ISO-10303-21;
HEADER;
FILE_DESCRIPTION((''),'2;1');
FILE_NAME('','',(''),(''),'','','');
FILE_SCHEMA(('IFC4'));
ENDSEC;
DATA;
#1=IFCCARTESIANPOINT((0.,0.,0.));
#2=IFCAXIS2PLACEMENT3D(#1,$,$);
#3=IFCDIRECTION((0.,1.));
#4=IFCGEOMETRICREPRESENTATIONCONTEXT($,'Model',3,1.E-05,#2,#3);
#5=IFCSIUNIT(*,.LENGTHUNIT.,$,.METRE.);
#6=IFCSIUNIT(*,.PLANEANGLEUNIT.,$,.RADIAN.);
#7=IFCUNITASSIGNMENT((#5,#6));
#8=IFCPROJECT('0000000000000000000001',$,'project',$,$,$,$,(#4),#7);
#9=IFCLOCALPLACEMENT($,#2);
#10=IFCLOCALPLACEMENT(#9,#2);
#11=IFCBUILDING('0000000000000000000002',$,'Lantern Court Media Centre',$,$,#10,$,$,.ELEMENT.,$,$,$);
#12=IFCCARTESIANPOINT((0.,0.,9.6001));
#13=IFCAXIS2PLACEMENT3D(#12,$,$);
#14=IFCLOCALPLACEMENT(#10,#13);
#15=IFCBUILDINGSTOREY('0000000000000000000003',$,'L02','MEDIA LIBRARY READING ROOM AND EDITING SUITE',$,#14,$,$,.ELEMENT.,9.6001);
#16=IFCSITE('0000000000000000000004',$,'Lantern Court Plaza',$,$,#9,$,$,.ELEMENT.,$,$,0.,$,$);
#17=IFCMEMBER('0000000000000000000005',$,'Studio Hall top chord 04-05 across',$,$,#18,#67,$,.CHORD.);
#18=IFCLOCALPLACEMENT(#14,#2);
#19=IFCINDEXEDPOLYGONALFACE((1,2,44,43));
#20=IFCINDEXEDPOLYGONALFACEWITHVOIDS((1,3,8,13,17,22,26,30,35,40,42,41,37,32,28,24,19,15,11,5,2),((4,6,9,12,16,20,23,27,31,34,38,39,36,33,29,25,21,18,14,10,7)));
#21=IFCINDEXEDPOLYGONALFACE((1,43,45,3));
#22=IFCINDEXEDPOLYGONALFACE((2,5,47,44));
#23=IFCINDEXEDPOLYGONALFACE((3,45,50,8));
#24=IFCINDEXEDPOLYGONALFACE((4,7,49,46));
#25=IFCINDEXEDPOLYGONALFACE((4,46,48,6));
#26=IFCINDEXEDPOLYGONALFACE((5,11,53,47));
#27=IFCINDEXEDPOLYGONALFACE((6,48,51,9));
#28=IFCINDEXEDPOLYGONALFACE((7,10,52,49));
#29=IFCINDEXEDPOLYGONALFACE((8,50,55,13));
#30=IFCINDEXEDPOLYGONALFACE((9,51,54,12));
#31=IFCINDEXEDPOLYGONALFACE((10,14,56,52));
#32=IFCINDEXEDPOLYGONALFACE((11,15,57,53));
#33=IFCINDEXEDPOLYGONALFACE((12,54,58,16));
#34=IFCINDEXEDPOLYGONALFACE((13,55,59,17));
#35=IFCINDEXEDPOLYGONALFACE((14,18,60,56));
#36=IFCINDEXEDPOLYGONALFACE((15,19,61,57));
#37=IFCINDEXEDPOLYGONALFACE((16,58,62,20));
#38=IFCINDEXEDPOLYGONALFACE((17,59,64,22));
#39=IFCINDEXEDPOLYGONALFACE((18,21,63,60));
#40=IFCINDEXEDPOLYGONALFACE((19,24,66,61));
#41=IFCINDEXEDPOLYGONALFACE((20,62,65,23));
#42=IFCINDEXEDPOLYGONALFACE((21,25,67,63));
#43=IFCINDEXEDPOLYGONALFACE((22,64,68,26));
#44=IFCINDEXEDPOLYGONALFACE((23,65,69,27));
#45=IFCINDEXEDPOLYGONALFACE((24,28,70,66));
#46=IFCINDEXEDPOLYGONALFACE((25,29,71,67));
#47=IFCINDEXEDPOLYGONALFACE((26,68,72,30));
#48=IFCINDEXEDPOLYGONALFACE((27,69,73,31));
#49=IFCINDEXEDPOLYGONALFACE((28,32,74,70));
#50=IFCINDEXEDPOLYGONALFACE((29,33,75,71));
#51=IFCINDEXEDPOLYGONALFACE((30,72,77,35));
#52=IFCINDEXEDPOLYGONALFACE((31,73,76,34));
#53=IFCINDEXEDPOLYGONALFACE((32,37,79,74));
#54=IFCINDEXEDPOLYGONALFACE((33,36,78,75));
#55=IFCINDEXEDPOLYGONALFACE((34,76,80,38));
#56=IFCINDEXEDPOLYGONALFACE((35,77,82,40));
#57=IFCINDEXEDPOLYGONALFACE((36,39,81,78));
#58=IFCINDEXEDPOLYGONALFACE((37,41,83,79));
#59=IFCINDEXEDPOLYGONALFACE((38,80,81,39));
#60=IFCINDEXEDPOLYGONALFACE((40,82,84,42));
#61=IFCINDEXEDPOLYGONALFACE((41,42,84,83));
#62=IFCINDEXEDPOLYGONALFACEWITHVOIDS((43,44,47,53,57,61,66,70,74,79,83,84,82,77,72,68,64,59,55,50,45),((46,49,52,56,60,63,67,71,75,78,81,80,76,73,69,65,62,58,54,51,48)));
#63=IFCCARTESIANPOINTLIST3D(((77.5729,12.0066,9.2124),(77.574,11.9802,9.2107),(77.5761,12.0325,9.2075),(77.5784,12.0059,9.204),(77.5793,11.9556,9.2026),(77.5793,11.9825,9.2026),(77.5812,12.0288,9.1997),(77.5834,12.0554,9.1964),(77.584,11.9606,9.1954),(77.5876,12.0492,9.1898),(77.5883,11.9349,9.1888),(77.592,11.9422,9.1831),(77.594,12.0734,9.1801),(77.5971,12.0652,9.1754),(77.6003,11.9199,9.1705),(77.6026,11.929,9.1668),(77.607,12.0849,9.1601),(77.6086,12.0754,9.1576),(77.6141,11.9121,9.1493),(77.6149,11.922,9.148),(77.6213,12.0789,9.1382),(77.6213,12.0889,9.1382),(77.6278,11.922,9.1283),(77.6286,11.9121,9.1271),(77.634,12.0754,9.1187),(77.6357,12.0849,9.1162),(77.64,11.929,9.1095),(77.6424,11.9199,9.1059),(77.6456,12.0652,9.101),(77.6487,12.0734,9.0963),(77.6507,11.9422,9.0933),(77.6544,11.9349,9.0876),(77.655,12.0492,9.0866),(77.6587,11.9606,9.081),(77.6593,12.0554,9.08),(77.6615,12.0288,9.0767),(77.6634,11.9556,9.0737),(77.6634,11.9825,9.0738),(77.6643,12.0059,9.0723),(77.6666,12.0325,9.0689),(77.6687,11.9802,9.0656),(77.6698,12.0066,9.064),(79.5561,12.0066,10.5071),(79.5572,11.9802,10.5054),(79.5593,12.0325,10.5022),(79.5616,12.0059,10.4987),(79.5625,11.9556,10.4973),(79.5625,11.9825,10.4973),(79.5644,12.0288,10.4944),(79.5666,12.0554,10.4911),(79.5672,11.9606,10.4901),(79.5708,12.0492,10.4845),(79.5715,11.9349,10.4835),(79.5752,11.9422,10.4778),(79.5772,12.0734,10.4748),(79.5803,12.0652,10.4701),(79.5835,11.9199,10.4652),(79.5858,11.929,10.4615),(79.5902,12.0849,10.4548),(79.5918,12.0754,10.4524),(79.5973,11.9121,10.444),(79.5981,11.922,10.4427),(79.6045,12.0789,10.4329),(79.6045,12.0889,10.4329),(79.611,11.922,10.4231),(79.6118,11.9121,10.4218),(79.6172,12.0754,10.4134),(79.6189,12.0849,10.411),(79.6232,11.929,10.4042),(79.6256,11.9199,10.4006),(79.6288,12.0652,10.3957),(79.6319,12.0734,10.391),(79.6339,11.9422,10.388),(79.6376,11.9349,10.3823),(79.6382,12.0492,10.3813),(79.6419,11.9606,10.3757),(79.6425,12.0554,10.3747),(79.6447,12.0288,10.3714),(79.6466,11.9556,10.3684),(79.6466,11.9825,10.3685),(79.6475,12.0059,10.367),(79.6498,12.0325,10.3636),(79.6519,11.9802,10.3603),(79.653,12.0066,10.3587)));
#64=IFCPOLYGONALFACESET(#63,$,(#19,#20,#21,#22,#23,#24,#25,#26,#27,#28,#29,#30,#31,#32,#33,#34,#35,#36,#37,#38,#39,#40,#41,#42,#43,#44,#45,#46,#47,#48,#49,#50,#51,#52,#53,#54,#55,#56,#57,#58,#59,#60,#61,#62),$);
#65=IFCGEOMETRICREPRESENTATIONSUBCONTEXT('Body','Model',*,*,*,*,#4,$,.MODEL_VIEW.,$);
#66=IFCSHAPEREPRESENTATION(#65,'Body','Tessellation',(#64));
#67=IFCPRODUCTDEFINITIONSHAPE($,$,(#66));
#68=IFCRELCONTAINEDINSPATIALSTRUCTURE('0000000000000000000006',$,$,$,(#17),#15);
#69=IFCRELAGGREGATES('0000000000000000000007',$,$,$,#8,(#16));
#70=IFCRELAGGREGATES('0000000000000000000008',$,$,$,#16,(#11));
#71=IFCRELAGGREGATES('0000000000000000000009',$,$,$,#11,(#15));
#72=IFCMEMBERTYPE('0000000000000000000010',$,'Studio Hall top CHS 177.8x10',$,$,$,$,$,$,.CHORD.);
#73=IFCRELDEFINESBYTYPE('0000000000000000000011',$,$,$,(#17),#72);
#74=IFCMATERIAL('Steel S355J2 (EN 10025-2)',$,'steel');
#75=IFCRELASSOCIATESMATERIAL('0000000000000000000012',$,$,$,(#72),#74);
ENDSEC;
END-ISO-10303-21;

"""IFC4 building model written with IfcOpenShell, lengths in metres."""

from ifc_helpers import new_model, si_unit, direction, frame, origin, origin_2d, place, context, subcontext, project, spatial, hollow_circle, extrude, material, material_profile, profile_set, type_object, element, save


model = new_model("IFC4")

# Units and contexts
model_context = context("Model", 3, precision=1e-05, world=origin(), true_north=direction((0.0, 1.0)))
body_context = subcontext(model_context, "Body", "Model", "MODEL_VIEW")
ifc_project = project(units=[si_unit("LENGTHUNIT", "METRE"), si_unit("PLANEANGLEUNIT", "RADIAN")], contexts=[model_context])

# Site, building, storey
site_placement = place(None, origin())
site = spatial("IfcSite", under=ifc_project, at=site_placement, Name="Lantern Court Plaza", CompositionType="ELEMENT", RefElevation=0.0)
building_placement = place(site_placement, origin())
building = spatial("IfcBuilding", under=site, at=building_placement, Name="Lantern Court Media Centre", CompositionType="ELEMENT")
storey_placement = place(building_placement, frame((0.0, 0.0, 9.6001)))
storey = spatial("IfcBuildingStorey", under=building, at=storey_placement, Name="L02", Description="MEDIA LIBRARY READING ROOM AND EDITING SUITE", CompositionType="ELEMENT", Elevation=9.6001)

# Member
ifc_material = material(Name="Steel S355J2 (EN 10025-2)", Category="steel")
ifc_material_profile_1 = material_profile(ifc_material, hollow_circle(Radius=0.0889, WallThickness=0.01, at=origin_2d()), Name="Studio Hall top CHS 177.8x10")
ifc_profile_set_1 = profile_set([ifc_material_profile_1], Name="Steel S355J2 (EN 10025-2)")
member_type_1 = type_object("IfcMemberType", Name="Studio Hall top CHS 177.8x10", PredefinedType="CHORD", material=ifc_profile_set_1)
member_1_placement = place(storey_placement, frame((77.6213, 12.0, 9.1382), z_axis=(0.837356, 0.0, 0.546658), x_axis=(0.0, 1.0, 0.0)))
element("IfcMember", 1, at=member_1_placement, inside=storey, type_object=member_type_1, Name="Studio Hall top chord 04-05 across", PredefinedType="CHORD", context=body_context, shape_type="SweptSolid", body=[
    extrude(hollow_circle(Radius=0.0889, WallThickness=0.01, at=origin_2d()), origin(), (0.0, 0.0, 1.0), 2.3684),
])

save(model, "model.ifc")
